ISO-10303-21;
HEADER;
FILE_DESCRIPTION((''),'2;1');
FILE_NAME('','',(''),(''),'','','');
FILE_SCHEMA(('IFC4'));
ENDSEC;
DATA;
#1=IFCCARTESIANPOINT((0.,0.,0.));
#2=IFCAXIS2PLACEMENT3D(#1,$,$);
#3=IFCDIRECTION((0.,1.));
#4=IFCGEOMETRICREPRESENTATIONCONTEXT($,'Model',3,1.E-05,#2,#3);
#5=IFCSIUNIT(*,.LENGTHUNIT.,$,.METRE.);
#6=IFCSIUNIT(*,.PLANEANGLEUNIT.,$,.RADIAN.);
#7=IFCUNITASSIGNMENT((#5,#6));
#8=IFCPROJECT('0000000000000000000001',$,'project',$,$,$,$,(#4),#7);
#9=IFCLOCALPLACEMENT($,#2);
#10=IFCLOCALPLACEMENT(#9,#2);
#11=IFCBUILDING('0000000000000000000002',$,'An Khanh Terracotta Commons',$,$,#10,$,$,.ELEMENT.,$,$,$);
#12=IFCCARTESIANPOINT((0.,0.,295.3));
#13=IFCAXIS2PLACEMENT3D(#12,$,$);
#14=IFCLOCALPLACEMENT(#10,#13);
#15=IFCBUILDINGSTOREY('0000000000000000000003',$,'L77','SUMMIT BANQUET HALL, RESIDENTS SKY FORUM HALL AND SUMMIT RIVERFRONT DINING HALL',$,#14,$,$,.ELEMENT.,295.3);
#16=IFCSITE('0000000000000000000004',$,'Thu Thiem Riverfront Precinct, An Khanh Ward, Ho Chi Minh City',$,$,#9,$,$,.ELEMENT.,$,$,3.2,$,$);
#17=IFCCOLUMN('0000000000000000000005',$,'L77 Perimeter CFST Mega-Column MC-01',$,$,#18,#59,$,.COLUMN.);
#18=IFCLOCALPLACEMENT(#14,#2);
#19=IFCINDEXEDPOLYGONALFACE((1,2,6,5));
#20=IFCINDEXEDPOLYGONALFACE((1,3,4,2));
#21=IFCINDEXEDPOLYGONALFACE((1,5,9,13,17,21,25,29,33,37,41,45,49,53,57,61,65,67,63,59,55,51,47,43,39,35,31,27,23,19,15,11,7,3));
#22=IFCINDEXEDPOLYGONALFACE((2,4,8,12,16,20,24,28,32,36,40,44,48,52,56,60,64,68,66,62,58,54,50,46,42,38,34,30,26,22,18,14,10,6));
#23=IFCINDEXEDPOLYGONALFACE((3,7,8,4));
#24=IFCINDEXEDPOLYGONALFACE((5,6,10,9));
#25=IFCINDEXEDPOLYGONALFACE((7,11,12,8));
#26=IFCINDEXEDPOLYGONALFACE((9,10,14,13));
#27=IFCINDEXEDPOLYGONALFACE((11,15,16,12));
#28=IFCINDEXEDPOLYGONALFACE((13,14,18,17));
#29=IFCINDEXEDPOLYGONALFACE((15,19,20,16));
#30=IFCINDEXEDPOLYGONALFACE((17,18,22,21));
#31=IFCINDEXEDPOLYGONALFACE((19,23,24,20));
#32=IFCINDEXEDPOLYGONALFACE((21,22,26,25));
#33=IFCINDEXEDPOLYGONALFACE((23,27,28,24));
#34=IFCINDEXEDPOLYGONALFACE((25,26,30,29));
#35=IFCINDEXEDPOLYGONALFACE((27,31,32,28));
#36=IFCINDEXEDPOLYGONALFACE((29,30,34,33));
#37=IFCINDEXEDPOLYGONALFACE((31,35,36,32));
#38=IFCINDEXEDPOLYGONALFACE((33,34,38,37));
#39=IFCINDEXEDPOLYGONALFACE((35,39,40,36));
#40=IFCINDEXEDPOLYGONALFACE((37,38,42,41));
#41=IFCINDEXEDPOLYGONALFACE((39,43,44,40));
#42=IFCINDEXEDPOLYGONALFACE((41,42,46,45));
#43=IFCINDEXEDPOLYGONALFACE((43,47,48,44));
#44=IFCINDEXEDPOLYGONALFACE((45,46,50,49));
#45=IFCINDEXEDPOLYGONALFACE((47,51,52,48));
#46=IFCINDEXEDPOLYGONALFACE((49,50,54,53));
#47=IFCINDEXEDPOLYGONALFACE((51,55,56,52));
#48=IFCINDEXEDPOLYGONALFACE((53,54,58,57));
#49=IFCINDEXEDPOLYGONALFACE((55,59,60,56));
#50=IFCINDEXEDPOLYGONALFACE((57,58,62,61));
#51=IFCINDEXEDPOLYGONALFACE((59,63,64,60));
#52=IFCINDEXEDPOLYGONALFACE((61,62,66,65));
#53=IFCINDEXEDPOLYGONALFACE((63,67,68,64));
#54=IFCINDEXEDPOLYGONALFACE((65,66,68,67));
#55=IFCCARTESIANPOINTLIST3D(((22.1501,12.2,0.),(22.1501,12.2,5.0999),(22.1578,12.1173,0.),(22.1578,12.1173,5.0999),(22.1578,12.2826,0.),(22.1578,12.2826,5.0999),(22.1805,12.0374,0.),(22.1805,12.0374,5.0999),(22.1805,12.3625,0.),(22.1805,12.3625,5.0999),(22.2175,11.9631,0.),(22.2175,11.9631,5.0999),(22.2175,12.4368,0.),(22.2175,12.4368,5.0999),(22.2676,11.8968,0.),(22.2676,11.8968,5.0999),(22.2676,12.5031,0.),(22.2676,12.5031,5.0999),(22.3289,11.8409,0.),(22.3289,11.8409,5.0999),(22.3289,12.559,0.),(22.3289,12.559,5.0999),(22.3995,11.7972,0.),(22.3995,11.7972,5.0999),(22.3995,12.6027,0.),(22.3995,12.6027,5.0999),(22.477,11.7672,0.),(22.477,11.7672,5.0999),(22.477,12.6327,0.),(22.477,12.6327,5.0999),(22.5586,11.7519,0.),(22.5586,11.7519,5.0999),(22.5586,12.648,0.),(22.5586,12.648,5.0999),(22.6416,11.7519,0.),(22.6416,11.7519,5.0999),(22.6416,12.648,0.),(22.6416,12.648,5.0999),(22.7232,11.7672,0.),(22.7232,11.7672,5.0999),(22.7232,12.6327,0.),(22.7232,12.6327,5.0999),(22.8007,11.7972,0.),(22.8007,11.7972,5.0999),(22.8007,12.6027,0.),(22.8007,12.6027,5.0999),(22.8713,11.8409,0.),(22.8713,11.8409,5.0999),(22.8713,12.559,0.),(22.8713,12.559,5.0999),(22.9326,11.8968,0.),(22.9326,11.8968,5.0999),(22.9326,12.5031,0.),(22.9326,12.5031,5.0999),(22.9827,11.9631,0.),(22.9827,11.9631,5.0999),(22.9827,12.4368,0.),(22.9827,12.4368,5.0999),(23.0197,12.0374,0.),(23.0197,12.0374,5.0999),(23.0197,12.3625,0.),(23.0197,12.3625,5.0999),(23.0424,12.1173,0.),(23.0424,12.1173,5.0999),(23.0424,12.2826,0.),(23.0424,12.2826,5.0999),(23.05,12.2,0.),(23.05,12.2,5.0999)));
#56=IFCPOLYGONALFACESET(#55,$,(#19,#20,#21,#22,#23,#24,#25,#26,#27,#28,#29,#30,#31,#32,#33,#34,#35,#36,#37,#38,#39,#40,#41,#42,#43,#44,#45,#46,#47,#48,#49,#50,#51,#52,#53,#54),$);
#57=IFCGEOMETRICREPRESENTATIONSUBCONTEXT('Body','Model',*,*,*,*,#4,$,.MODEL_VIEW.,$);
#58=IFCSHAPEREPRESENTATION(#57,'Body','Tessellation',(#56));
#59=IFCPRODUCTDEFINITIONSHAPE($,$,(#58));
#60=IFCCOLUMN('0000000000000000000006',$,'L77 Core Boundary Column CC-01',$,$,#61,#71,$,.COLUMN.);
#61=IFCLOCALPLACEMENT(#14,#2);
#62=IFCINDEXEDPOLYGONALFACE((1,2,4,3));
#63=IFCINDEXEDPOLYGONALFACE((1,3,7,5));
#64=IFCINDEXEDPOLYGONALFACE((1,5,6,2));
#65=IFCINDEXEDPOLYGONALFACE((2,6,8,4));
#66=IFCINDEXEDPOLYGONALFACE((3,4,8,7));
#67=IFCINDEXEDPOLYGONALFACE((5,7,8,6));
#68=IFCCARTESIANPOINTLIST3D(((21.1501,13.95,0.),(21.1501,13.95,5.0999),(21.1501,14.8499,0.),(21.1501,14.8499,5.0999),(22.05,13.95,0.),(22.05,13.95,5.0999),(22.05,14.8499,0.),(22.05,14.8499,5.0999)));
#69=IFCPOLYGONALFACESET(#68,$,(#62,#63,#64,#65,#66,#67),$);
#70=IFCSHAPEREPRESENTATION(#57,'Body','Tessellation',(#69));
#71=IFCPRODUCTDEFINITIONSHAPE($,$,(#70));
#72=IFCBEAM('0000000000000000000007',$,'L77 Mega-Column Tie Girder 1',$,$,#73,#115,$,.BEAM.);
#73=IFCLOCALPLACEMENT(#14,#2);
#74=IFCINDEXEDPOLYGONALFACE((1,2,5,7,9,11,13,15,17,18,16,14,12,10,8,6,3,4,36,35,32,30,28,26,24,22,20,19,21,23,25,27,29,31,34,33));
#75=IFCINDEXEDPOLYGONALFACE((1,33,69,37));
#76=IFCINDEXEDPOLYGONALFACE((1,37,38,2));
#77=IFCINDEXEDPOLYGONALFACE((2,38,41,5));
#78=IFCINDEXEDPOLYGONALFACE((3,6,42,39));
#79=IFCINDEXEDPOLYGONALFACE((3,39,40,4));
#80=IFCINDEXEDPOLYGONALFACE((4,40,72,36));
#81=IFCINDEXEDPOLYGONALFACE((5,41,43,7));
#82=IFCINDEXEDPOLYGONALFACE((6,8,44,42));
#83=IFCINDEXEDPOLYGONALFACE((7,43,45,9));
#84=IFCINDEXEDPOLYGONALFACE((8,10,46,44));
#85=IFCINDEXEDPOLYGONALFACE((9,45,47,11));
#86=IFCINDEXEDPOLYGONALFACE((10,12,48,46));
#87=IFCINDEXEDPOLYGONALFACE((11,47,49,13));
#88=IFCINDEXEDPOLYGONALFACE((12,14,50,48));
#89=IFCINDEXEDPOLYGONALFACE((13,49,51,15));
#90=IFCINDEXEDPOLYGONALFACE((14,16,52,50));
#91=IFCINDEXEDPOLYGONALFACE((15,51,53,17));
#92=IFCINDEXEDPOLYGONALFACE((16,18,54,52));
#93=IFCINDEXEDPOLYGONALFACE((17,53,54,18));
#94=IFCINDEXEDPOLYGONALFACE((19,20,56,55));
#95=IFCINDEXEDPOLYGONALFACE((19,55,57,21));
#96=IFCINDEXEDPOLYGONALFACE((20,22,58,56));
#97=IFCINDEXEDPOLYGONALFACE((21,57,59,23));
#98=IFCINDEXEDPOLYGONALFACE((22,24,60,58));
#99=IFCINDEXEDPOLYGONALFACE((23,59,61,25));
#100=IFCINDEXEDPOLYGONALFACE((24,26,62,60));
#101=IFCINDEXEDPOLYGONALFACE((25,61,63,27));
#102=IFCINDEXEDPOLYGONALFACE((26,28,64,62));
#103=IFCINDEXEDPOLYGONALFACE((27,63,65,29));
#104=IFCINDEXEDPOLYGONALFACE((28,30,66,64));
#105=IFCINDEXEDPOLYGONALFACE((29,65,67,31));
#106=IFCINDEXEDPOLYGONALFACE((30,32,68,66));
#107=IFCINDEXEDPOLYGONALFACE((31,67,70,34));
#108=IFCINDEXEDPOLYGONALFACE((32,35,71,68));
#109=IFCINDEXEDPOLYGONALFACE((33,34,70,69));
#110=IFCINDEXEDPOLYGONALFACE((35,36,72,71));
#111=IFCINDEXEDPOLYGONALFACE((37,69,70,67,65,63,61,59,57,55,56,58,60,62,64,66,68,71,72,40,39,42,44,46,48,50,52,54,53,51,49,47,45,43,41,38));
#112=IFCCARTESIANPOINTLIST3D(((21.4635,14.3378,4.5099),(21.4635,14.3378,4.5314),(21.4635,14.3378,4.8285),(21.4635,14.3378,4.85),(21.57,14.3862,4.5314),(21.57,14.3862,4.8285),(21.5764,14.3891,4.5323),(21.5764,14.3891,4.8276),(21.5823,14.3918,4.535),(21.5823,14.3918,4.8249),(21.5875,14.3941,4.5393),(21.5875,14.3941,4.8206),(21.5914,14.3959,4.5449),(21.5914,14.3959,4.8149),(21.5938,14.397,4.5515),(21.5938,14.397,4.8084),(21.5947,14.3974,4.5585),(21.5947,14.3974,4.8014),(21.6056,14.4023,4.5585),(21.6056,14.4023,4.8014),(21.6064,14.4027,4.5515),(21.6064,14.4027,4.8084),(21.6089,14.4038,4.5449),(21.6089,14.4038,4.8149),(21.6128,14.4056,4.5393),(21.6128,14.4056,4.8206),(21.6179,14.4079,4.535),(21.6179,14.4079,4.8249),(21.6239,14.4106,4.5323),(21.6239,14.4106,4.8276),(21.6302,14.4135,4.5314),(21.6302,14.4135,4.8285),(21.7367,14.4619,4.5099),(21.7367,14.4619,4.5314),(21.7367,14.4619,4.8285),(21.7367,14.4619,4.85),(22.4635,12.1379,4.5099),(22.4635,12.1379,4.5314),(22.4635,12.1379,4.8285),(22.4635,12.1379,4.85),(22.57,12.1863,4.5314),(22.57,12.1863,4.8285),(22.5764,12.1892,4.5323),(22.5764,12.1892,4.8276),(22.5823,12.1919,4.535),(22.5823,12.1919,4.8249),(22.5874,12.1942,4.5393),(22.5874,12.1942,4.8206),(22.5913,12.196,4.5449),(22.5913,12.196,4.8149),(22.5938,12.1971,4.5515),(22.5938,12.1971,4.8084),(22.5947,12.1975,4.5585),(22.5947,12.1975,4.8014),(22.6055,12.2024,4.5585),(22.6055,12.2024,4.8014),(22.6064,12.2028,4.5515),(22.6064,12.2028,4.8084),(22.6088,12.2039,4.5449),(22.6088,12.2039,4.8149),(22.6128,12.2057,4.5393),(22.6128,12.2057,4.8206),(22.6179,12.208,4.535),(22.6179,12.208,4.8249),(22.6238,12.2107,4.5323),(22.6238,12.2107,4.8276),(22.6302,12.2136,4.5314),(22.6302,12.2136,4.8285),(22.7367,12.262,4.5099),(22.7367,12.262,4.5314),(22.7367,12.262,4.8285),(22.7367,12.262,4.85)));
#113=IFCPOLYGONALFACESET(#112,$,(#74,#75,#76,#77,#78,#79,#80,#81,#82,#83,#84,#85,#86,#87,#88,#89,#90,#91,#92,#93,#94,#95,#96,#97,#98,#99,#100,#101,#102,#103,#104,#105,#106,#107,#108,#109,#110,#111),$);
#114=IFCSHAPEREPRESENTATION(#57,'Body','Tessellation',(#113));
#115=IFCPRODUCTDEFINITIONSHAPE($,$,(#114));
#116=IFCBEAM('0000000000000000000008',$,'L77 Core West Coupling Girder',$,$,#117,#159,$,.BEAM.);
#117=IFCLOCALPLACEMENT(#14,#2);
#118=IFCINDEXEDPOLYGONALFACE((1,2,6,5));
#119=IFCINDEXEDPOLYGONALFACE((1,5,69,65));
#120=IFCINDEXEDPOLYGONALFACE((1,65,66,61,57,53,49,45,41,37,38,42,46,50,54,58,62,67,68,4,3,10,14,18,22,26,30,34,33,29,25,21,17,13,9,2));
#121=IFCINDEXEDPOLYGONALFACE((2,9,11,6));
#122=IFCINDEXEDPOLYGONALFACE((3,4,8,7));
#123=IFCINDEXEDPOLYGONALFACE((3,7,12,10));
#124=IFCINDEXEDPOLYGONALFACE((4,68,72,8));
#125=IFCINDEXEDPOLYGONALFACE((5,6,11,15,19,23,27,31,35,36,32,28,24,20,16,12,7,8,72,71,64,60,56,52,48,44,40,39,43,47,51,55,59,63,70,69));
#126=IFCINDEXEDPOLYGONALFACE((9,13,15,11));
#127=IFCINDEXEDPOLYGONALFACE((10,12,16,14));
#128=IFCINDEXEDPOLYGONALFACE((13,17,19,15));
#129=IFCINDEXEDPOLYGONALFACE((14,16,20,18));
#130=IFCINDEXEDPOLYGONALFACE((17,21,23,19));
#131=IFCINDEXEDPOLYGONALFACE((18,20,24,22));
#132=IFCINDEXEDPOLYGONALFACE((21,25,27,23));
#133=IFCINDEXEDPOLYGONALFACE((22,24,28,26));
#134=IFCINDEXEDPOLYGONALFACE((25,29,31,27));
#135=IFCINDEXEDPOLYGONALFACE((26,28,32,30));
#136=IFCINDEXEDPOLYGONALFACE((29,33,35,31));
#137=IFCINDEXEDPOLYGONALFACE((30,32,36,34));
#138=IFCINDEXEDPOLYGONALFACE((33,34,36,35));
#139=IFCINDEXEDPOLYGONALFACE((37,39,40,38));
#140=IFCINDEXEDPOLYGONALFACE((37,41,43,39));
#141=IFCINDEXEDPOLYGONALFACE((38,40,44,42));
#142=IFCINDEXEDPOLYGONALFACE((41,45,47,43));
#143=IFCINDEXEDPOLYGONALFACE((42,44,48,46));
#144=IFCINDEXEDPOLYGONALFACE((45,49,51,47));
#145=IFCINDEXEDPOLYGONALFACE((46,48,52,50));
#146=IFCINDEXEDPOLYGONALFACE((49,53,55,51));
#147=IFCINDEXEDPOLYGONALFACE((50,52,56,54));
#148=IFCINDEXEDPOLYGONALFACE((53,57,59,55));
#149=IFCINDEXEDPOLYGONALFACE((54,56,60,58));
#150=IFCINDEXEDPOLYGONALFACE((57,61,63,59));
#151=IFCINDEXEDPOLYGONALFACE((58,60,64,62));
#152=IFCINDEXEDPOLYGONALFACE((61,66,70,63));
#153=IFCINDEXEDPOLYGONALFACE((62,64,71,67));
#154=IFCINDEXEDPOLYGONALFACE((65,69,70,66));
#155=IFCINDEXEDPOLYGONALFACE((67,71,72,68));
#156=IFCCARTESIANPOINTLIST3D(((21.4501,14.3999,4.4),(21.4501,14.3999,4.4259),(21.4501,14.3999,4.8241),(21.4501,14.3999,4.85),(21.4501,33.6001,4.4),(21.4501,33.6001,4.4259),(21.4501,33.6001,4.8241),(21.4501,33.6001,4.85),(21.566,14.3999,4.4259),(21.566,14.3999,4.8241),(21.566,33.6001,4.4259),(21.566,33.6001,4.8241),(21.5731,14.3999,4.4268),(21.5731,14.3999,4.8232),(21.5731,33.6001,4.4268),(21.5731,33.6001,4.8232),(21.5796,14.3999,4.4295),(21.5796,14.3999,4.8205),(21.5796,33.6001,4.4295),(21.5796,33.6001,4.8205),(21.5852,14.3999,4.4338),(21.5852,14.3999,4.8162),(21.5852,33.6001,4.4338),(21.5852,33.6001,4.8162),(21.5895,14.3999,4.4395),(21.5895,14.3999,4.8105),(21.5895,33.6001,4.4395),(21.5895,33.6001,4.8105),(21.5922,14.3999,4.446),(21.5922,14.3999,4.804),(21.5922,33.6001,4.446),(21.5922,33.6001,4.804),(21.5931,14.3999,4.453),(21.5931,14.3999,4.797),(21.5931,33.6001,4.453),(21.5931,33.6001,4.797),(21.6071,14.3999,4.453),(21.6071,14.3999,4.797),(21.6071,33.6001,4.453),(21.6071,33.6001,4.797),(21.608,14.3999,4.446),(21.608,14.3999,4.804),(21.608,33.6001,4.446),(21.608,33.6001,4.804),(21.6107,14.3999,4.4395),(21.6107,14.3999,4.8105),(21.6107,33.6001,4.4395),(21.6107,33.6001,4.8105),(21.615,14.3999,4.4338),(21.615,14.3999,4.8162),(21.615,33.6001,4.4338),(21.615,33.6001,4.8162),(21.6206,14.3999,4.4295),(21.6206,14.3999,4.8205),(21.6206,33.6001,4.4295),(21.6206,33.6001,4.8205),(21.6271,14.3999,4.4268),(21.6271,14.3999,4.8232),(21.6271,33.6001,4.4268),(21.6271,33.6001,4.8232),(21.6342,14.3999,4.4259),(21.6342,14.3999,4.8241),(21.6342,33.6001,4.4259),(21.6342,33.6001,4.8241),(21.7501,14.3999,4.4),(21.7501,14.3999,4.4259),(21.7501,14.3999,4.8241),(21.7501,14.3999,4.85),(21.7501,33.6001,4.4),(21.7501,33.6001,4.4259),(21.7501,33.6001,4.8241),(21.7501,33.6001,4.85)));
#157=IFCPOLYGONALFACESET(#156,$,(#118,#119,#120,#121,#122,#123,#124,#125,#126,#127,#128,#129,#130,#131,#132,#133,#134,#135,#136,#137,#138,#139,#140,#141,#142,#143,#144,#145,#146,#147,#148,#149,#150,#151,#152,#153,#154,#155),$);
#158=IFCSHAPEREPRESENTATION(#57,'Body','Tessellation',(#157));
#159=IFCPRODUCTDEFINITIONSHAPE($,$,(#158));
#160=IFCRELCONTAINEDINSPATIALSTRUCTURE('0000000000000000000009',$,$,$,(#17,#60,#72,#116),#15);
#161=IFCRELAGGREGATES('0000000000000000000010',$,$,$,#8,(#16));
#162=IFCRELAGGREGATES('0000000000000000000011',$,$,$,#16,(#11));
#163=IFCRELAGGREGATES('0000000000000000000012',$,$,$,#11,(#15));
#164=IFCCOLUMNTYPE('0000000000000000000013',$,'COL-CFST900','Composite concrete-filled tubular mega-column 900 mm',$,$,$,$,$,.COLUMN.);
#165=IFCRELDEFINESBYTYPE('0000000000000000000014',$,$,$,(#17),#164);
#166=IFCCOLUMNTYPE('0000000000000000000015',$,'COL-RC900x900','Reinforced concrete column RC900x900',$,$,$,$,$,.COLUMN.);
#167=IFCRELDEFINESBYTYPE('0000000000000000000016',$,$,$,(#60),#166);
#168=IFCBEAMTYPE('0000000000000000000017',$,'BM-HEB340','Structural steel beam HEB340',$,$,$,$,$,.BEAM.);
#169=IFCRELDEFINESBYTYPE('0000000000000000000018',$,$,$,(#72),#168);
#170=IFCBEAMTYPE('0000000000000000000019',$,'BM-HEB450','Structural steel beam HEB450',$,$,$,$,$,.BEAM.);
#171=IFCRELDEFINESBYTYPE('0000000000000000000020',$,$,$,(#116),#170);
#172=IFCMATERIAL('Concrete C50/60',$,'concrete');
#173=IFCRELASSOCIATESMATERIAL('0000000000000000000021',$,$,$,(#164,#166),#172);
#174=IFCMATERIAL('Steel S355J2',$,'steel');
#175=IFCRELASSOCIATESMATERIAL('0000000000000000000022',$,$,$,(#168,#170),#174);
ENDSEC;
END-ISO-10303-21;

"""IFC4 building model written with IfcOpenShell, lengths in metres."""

from ifc_helpers import new_model, si_unit, direction, frame, origin, origin_2d, place, context, subcontext, project, spatial, rectangle, circle, i_section, extrude, material, material_profile, profile_set, type_object, element, save


model = new_model("IFC4")

# Units and contexts
model_context = context("Model", 3, precision=1e-05, world=origin(), true_north=direction((0.0, 1.0)))
body_context = subcontext(model_context, "Body", "Model", "MODEL_VIEW")
ifc_project = project(units=[si_unit("LENGTHUNIT", "METRE"), si_unit("PLANEANGLEUNIT", "RADIAN")], contexts=[model_context])

# Site, building, storey
site_placement = place(None, origin())
site = spatial("IfcSite", under=ifc_project, at=site_placement, Name="Thu Thiem Riverfront Precinct, An Khanh Ward, Ho Chi Minh City", CompositionType="ELEMENT", RefElevation=3.2)
building_placement = place(site_placement, origin())
building = spatial("IfcBuilding", under=site, at=building_placement, Name="An Khanh Terracotta Commons", CompositionType="ELEMENT")
storey_placement = place(building_placement, frame((0.0, 0.0, 295.3)))
storey = spatial("IfcBuildingStorey", under=building, at=storey_placement, Name="L77", Description="SUMMIT BANQUET HALL, RESIDENTS SKY FORUM HALL AND SUMMIT RIVERFRONT DINING HALL", CompositionType="ELEMENT", Elevation=295.3)

# Columns
ifc_material_1 = material(Name="Concrete C50/60", Category="concrete")
ifc_material_profile_1 = material_profile(ifc_material_1, circle(Radius=0.45, at=origin_2d()), Name="CFST900")
ifc_profile_set_1 = profile_set([ifc_material_profile_1], Name="Concrete C50/60")
column_type_1 = type_object("IfcColumnType", Name="COL-CFST900", Description="Composite concrete-filled tubular mega-column 900 mm", PredefinedType="COLUMN", material=ifc_profile_set_1)
column_1_placement = place(storey_placement, frame((22.6001, 12.2, 0.0), z_axis=(0.0, 0.0, 1.0), x_axis=(1.0, 0.0, 0.0)))
element("IfcColumn", 1, at=column_1_placement, inside=storey, type_object=column_type_1, Name="L77 Perimeter CFST Mega-Column MC-01", PredefinedType="COLUMN", context=body_context, shape_type="SweptSolid", body=[
    extrude(circle(Radius=0.45, at=origin_2d()), origin(), (0.0, 0.0, 1.0), 5.0999),
])
ifc_material_profile_2 = material_profile(ifc_material_1, rectangle(XDim=0.8999, YDim=0.8999, at=origin_2d()), Name="RC900x900")
ifc_profile_set_2 = profile_set([ifc_material_profile_2], Name="Concrete C50/60")
column_type_2 = type_object("IfcColumnType", Name="COL-RC900x900", Description="Reinforced concrete column RC900x900", PredefinedType="COLUMN", material=ifc_profile_set_2)
column_2_placement = place(storey_placement, frame((21.6001, 14.3999, 0.0), z_axis=(0.0, 0.0, 1.0), x_axis=(1.0, 0.0, 0.0)))
element("IfcColumn", 2, at=column_2_placement, inside=storey, type_object=column_type_2, Name="L77 Core Boundary Column CC-01", PredefinedType="COLUMN", context=body_context, shape_type="SweptSolid", body=[
    extrude(rectangle(XDim=0.8999, YDim=0.8999, at=origin_2d()), origin(), (0.0, 0.0, 1.0), 5.0999),
])

# Beams
ifc_material_2 = material(Name="Steel S355J2", Category="steel")
ifc_material_profile_3 = material_profile(ifc_material_2, i_section(OverallWidth=0.3, OverallDepth=0.3401, WebThickness=0.012, FlangeThickness=0.0215, FilletRadius=0.0271, at=origin_2d()), Name="HEB340")
ifc_profile_set_3 = profile_set([ifc_material_profile_3], Name="Steel S355J2")
beam_type_1 = type_object("IfcBeamType", Name="BM-HEB340", Description="Structural steel beam HEB340", PredefinedType="BEAM", material=ifc_profile_set_3)
beam_1_placement = place(storey_placement, frame((22.6001, 12.2, 4.6799), z_axis=(-0.413811, 0.910363, 0.0), x_axis=(-0.910363, -0.413811, 0.0)))
element("IfcBeam", 3, at=beam_1_placement, inside=storey, type_object=beam_type_1, Name="L77 Mega-Column Tie Girder 1", PredefinedType="BEAM", context=body_context, shape_type="SweptSolid", body=[
    extrude(i_section(OverallWidth=0.3, OverallDepth=0.3401, WebThickness=0.012, FlangeThickness=0.0215, FilletRadius=0.0271, at=origin_2d()), origin(), (0.0, 0.0, 1.0), 2.4165),
])
ifc_material_profile_4 = material_profile(ifc_material_2, i_section(OverallWidth=0.3, OverallDepth=0.45, WebThickness=0.0139, FlangeThickness=0.0259, FilletRadius=0.0271, at=origin_2d()), Name="HEB450")
ifc_profile_set_4 = profile_set([ifc_material_profile_4], Name="Steel S355J2")
beam_type_2 = type_object("IfcBeamType", Name="BM-HEB450", Description="Structural steel beam HEB450", PredefinedType="BEAM", material=ifc_profile_set_4)
beam_2_placement = place(storey_placement, frame((21.6001, 14.3999, 4.625), z_axis=(0.0, 1.0, 0.0), x_axis=(-1.0, 0.0, 0.0)))
element("IfcBeam", 4, at=beam_2_placement, inside=storey, type_object=beam_type_2, Name="L77 Core West Coupling Girder", PredefinedType="BEAM", context=body_context, shape_type="SweptSolid", body=[
    extrude(i_section(OverallWidth=0.3, OverallDepth=0.45, WebThickness=0.0139, FlangeThickness=0.0259, FilletRadius=0.0271, at=origin_2d()), origin(), (0.0, 0.0, 1.0), 19.2002),
])

save(model, "model.ifc")
